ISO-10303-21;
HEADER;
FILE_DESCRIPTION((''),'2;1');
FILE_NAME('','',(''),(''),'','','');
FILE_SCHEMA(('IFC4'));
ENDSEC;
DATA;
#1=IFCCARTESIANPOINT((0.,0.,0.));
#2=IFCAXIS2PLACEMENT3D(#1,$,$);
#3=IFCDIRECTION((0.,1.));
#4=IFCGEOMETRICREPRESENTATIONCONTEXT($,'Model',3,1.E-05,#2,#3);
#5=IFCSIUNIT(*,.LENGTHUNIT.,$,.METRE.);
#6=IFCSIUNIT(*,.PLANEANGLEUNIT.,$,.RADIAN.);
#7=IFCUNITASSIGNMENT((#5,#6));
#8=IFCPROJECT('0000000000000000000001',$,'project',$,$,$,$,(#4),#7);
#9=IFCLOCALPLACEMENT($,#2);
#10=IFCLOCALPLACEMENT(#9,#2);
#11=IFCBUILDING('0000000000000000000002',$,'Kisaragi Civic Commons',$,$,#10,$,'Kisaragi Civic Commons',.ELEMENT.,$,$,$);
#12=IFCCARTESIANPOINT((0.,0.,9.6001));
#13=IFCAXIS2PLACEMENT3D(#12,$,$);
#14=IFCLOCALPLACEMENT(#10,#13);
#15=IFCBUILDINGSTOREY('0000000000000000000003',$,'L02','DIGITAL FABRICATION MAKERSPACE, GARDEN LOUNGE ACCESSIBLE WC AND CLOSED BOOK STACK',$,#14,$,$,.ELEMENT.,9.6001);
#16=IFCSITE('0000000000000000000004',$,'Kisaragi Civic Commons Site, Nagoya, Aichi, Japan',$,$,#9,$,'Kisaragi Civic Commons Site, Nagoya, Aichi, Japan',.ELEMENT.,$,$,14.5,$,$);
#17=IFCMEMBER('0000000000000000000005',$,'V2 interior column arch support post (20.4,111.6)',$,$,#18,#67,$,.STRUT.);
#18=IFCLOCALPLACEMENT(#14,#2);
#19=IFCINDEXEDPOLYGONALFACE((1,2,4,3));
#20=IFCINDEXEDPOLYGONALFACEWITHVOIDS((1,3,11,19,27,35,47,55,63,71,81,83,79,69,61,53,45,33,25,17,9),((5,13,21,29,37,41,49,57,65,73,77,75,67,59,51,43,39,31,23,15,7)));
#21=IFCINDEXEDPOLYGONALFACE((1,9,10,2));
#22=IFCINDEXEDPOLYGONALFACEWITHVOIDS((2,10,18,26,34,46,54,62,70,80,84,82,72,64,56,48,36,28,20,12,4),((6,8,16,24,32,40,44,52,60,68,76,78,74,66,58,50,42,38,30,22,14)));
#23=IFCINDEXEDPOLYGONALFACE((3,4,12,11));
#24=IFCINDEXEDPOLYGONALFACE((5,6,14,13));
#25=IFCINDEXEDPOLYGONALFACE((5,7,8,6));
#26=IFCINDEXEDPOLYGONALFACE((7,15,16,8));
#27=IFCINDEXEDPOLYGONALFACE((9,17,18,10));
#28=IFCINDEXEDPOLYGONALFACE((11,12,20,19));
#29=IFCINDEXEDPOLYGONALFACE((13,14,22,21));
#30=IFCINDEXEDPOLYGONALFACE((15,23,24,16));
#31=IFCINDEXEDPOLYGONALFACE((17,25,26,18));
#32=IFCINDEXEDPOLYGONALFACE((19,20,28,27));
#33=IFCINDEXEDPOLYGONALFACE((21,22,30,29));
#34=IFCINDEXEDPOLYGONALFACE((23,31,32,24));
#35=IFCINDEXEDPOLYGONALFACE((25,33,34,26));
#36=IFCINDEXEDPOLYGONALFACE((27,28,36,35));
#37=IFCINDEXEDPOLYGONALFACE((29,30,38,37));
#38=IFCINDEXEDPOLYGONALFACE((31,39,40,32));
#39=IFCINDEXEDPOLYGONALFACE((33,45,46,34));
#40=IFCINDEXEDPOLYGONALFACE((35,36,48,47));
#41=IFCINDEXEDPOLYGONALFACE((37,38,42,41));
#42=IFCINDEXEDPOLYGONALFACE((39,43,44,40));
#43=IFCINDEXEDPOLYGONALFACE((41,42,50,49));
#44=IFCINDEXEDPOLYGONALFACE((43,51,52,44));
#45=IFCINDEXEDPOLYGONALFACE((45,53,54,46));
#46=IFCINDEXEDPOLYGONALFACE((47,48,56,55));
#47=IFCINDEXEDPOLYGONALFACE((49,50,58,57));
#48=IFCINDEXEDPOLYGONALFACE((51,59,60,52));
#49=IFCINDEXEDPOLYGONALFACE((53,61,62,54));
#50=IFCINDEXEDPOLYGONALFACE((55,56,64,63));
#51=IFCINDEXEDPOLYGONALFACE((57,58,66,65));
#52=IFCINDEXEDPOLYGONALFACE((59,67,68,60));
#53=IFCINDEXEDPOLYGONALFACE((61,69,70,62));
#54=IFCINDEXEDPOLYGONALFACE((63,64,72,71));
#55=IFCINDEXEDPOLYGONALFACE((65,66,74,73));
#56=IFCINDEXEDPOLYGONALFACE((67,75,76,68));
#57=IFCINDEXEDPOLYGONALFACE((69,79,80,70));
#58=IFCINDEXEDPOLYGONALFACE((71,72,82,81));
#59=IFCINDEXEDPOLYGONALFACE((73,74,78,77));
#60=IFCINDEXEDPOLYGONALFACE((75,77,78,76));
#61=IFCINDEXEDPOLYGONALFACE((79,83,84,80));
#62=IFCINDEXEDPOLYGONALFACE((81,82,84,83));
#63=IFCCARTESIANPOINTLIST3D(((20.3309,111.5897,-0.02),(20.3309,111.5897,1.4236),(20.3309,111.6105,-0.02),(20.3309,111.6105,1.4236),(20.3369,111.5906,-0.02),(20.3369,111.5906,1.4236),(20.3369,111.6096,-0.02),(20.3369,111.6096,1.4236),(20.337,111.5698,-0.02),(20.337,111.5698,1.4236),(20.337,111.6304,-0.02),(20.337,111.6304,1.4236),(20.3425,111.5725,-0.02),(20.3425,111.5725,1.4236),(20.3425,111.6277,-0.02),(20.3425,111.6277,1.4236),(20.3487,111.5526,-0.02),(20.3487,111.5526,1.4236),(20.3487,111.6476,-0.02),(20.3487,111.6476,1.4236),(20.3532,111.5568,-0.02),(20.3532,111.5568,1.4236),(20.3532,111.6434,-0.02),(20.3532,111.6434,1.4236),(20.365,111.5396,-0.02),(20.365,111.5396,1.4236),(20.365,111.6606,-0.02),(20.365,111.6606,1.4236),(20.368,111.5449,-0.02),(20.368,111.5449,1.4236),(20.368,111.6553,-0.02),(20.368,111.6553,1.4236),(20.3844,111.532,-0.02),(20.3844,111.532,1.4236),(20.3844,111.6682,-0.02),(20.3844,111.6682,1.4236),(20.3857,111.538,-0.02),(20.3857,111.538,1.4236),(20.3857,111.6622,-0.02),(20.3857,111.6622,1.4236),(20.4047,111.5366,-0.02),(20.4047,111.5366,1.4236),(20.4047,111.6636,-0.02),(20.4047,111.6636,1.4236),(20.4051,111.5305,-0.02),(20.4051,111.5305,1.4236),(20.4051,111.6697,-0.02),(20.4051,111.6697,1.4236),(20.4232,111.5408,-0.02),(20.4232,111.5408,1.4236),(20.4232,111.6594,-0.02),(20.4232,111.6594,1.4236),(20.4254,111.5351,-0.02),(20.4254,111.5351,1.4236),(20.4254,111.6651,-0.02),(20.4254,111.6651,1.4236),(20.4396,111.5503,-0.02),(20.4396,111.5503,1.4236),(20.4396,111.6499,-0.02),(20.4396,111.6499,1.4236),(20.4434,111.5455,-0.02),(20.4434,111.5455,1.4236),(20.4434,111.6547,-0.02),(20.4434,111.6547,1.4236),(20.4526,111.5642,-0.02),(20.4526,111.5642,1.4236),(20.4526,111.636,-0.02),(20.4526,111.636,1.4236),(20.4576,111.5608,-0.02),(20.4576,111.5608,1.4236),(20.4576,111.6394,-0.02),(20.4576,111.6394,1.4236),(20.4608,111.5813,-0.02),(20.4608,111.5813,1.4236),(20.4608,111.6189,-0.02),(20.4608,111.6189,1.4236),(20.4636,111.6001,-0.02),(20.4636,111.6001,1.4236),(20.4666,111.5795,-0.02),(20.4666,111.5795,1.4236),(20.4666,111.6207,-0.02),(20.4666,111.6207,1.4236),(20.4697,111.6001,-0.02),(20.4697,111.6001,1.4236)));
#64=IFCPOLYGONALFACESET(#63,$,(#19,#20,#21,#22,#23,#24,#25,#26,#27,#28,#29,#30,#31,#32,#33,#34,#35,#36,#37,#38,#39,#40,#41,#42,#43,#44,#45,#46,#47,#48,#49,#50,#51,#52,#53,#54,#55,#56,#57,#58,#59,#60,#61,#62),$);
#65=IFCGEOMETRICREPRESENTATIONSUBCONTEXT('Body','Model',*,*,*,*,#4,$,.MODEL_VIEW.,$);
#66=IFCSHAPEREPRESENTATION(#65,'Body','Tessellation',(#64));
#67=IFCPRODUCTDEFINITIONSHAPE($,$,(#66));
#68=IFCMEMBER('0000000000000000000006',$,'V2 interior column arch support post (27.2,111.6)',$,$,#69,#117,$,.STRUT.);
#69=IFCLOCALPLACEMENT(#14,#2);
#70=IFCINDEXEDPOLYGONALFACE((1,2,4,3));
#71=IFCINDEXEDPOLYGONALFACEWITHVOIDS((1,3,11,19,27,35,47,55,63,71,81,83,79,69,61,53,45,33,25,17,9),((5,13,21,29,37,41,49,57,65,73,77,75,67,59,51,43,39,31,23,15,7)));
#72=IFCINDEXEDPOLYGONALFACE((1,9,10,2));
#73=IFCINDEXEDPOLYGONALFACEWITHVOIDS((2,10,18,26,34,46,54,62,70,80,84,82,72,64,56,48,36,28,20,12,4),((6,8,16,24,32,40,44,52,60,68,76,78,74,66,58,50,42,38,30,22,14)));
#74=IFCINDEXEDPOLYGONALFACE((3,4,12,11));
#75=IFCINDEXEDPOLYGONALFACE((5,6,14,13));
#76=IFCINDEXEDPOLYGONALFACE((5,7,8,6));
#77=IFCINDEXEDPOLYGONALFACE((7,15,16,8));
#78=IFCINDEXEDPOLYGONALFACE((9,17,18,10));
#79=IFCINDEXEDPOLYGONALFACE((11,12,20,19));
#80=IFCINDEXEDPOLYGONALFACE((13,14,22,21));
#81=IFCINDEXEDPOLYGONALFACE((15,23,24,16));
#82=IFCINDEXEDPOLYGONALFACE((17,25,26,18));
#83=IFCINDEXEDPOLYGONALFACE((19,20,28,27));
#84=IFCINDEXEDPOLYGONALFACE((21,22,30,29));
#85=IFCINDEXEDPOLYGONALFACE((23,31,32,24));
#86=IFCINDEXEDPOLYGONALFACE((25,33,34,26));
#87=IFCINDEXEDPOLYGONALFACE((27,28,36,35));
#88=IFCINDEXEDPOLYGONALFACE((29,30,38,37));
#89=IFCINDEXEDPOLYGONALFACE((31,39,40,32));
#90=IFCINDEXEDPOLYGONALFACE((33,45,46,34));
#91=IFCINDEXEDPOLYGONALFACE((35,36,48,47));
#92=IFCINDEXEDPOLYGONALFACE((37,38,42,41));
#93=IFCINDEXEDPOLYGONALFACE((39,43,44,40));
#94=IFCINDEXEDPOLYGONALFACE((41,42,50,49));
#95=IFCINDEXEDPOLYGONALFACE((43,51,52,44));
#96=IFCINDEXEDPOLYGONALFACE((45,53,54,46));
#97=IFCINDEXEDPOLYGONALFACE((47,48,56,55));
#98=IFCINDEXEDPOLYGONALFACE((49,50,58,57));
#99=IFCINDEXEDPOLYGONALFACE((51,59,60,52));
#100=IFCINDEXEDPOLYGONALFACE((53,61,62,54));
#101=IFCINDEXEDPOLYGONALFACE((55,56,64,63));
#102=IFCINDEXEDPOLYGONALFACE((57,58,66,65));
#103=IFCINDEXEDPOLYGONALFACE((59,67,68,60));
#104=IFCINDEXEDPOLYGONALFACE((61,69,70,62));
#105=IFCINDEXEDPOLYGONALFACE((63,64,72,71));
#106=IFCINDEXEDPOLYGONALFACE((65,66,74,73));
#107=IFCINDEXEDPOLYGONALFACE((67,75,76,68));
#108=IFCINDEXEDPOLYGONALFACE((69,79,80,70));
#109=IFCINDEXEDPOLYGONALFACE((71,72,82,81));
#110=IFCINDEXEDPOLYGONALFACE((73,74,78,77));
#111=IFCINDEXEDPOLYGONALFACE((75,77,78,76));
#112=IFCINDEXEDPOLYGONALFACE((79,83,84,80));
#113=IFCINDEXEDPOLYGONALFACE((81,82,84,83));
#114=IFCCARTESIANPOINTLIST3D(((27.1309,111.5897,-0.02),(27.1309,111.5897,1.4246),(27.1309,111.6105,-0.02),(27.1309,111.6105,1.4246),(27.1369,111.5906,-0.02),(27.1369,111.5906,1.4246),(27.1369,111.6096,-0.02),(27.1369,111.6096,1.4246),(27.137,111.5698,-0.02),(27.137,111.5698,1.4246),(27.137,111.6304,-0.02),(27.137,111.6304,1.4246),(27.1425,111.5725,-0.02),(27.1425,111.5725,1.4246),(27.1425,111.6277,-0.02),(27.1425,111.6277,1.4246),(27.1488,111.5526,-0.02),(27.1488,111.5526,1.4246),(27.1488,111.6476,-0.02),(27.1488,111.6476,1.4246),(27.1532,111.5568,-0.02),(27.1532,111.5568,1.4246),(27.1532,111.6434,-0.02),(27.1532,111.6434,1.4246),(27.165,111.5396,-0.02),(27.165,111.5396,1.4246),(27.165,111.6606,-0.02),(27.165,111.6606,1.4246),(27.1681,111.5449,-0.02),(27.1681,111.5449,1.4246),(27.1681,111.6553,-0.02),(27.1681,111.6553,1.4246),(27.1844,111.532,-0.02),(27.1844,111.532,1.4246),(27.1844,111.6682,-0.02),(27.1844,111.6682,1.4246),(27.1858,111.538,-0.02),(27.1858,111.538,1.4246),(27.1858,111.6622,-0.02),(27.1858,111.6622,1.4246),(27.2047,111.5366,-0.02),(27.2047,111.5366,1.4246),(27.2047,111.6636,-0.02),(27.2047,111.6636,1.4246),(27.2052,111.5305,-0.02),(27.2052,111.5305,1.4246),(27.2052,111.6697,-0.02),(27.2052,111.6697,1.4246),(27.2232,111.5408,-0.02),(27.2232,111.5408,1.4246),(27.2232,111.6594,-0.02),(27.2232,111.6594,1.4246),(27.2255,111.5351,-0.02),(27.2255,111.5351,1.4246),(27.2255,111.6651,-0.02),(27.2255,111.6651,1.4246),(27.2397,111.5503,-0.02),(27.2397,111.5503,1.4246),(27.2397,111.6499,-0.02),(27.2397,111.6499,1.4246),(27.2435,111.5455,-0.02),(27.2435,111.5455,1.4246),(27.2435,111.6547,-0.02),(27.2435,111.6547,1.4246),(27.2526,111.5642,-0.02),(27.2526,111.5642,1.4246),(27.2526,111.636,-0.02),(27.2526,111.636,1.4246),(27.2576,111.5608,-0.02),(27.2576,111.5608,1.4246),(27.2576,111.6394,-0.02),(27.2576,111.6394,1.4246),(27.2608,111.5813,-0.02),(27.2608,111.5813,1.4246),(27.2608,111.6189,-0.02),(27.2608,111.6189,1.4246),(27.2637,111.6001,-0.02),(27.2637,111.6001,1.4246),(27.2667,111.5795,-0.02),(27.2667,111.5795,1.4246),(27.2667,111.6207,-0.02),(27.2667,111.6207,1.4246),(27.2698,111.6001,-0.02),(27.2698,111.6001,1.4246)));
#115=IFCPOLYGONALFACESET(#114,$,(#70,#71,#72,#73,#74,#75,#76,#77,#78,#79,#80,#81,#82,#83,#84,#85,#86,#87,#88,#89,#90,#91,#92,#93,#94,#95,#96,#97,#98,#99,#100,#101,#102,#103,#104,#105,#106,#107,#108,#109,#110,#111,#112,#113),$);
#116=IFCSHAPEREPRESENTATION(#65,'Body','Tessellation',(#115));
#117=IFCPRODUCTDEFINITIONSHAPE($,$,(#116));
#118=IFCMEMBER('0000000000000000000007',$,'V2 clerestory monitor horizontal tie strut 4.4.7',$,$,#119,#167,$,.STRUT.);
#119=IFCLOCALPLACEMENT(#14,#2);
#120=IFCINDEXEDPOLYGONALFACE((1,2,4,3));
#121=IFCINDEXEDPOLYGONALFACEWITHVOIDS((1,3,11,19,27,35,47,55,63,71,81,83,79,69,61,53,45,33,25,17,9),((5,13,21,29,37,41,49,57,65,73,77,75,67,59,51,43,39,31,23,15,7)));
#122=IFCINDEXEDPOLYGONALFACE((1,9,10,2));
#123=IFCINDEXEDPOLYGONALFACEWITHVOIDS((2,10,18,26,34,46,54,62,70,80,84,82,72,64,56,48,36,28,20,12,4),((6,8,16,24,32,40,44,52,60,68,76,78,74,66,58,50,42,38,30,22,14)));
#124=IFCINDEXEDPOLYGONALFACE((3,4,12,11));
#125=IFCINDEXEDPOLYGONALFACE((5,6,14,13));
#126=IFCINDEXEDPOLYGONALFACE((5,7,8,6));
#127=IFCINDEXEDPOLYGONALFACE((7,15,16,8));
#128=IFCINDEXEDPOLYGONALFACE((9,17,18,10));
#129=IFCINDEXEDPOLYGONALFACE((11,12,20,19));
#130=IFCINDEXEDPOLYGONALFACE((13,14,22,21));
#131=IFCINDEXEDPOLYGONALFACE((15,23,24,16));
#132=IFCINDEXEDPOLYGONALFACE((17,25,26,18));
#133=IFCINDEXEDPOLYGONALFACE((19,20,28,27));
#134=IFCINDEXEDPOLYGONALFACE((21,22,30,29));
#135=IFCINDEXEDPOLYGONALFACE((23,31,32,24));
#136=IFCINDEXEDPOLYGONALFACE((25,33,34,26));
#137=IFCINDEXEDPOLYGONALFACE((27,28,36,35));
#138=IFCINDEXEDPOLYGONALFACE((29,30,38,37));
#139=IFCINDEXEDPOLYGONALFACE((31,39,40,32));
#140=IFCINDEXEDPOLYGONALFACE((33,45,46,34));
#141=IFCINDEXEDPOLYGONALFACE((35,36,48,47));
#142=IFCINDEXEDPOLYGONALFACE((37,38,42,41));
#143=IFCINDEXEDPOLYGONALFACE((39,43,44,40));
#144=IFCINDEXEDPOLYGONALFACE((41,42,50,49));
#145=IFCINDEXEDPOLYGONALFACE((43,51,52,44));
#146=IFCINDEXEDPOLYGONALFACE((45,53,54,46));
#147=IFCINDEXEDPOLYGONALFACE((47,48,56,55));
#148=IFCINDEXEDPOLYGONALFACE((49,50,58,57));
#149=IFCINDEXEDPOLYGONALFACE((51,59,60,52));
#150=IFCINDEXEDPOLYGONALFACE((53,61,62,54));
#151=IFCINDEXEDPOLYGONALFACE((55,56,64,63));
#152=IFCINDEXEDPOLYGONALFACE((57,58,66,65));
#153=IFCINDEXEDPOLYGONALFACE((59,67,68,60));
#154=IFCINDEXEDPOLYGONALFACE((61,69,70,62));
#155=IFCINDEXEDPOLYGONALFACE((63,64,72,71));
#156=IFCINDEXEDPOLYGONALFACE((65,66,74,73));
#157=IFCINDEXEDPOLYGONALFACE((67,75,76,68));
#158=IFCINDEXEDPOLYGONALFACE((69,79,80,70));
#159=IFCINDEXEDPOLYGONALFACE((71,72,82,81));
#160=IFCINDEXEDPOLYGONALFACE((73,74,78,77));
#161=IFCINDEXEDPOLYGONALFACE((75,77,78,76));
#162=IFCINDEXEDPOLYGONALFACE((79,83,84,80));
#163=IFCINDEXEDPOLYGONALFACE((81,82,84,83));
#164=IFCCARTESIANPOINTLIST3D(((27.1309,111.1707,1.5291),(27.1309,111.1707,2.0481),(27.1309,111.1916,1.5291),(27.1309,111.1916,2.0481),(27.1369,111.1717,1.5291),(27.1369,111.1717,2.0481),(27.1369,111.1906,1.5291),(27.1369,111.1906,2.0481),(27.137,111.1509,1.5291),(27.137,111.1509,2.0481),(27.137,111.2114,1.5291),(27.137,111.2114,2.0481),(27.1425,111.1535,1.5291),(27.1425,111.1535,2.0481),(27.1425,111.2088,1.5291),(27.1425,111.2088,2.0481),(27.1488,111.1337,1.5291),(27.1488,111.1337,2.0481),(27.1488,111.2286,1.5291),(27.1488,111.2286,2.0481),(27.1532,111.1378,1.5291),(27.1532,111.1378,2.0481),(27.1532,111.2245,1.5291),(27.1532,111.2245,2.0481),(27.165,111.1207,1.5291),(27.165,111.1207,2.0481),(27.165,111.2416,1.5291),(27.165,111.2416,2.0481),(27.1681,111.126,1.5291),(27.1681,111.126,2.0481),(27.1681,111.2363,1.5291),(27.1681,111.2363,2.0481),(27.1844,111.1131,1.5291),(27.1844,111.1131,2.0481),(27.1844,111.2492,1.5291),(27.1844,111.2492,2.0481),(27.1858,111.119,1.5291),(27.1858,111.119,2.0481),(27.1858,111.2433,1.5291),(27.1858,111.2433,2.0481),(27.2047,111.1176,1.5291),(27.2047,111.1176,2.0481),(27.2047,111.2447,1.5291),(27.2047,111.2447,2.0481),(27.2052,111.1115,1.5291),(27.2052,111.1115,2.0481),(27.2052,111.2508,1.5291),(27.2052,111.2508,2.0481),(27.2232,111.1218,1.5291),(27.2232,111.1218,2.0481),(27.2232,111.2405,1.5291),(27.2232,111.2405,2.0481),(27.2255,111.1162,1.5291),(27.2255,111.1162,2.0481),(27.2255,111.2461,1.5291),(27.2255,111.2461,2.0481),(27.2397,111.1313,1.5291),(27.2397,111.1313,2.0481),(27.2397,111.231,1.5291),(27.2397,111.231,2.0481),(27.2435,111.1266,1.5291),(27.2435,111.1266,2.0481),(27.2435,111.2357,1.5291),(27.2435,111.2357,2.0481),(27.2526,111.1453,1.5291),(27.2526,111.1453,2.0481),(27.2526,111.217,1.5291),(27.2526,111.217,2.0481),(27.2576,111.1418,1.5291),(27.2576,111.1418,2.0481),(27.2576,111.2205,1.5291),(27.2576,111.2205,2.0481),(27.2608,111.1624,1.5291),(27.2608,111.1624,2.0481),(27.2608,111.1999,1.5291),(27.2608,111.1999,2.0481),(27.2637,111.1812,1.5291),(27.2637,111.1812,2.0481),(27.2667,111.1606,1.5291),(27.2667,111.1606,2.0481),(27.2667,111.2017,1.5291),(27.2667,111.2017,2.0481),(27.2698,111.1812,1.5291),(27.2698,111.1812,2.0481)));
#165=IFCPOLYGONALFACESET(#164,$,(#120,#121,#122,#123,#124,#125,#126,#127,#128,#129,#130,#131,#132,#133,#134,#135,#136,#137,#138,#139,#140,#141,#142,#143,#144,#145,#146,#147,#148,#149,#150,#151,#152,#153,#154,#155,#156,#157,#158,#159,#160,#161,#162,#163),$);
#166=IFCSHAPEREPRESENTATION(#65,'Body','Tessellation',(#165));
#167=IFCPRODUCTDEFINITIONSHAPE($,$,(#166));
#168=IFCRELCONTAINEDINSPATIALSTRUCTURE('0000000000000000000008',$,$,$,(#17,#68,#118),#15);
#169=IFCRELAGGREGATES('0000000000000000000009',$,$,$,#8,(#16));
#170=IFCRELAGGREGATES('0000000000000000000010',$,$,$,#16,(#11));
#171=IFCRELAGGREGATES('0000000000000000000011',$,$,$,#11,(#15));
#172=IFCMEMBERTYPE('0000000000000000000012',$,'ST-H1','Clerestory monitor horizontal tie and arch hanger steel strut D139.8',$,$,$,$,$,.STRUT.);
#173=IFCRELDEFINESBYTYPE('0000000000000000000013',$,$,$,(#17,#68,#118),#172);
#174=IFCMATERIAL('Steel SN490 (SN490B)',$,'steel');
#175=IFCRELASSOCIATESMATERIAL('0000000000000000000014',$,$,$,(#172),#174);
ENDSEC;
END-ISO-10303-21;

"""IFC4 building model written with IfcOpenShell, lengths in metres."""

from ifc_helpers import new_model, si_unit, direction, frame, origin, origin_2d, place, context, subcontext, project, spatial, hollow_circle, extrude, material, material_profile, profile_set, type_object, element, save


model = new_model("IFC4")

# Units and contexts
model_context = context("Model", 3, precision=1e-05, world=origin(), true_north=direction((0.0, 1.0)))
body_context = subcontext(model_context, "Body", "Model", "MODEL_VIEW")
ifc_project = project(units=[si_unit("LENGTHUNIT", "METRE"), si_unit("PLANEANGLEUNIT", "RADIAN")], contexts=[model_context])

# Site, building, storey
site_placement = place(None, origin())
site = spatial("IfcSite", under=ifc_project, at=site_placement, Name="Kisaragi Civic Commons Site, Nagoya, Aichi, Japan", LongName="Kisaragi Civic Commons Site, Nagoya, Aichi, Japan", CompositionType="ELEMENT", RefElevation=14.5)
building_placement = place(site_placement, origin())
building = spatial("IfcBuilding", under=site, at=building_placement, Name="Kisaragi Civic Commons", LongName="Kisaragi Civic Commons", CompositionType="ELEMENT")
storey_placement = place(building_placement, frame((0.0, 0.0, 9.6001)))
storey = spatial("IfcBuildingStorey", under=building, at=storey_placement, Name="L02", Description="DIGITAL FABRICATION MAKERSPACE, GARDEN LOUNGE ACCESSIBLE WC AND CLOSED BOOK STACK", CompositionType="ELEMENT", Elevation=9.6001)

# Members
ifc_material_1 = material(Name="Steel SN490 (SN490B)", Category="steel")
ifc_material_profile_1 = material_profile(ifc_material_1, hollow_circle(Radius=0.0698, WallThickness=0.0061, at=origin_2d()), Name="CHS-139.8x6.0", Category="steel")
ifc_profile_set_1 = profile_set([ifc_material_profile_1], Name="Steel SN490 (SN490B)")
member_type_1 = type_object("IfcMemberType", Name="ST-H1", Description="Clerestory monitor horizontal tie and arch hanger steel strut D139.8", PredefinedType="STRUT", material=ifc_profile_set_1)
member_1_placement = place(storey_placement, frame((20.3999, 111.6001, -0.02), z_axis=(0.0, 0.0, 1.0), x_axis=(1.0, 0.0, 0.0)))
element("IfcMember", 1, at=member_1_placement, inside=storey, type_object=member_type_1, Name="V2 interior column arch support post (20.4,111.6)", PredefinedType="STRUT", context=body_context, shape_type="SweptSolid", body=[
    extrude(hollow_circle(Radius=0.0698, WallThickness=0.0061, at=origin_2d()), origin(), (0.0, 0.0, 1.0), 1.4436),
])
member_2_placement = place(storey_placement, frame((27.2, 111.6001, -0.02), z_axis=(0.0, 0.0, 1.0), x_axis=(1.0, 0.0, 0.0)))
element("IfcMember", 2, at=member_2_placement, inside=storey, type_object=member_type_1, Name="V2 interior column arch support post (27.2,111.6)", PredefinedType="STRUT", context=body_context, shape_type="SweptSolid", body=[
    extrude(hollow_circle(Radius=0.0698, WallThickness=0.0061, at=origin_2d()), origin(), (0.0, 0.0, 1.0), 1.4446),
])
member_3_placement = place(storey_placement, frame((27.2, 111.1812, 1.5291), z_axis=(0.0, 0.0, 1.0), x_axis=(1.0, 0.0, 0.0)))
element("IfcMember", 3, at=member_3_placement, inside=storey, type_object=member_type_1, Name="V2 clerestory monitor horizontal tie strut 4.4.7", PredefinedType="STRUT", context=body_context, shape_type="SweptSolid", body=[
    extrude(hollow_circle(Radius=0.0698, WallThickness=0.0061, at=origin_2d()), origin(), (0.0, 0.0, 1.0), 0.519),
])

save(model, "model.ifc")
